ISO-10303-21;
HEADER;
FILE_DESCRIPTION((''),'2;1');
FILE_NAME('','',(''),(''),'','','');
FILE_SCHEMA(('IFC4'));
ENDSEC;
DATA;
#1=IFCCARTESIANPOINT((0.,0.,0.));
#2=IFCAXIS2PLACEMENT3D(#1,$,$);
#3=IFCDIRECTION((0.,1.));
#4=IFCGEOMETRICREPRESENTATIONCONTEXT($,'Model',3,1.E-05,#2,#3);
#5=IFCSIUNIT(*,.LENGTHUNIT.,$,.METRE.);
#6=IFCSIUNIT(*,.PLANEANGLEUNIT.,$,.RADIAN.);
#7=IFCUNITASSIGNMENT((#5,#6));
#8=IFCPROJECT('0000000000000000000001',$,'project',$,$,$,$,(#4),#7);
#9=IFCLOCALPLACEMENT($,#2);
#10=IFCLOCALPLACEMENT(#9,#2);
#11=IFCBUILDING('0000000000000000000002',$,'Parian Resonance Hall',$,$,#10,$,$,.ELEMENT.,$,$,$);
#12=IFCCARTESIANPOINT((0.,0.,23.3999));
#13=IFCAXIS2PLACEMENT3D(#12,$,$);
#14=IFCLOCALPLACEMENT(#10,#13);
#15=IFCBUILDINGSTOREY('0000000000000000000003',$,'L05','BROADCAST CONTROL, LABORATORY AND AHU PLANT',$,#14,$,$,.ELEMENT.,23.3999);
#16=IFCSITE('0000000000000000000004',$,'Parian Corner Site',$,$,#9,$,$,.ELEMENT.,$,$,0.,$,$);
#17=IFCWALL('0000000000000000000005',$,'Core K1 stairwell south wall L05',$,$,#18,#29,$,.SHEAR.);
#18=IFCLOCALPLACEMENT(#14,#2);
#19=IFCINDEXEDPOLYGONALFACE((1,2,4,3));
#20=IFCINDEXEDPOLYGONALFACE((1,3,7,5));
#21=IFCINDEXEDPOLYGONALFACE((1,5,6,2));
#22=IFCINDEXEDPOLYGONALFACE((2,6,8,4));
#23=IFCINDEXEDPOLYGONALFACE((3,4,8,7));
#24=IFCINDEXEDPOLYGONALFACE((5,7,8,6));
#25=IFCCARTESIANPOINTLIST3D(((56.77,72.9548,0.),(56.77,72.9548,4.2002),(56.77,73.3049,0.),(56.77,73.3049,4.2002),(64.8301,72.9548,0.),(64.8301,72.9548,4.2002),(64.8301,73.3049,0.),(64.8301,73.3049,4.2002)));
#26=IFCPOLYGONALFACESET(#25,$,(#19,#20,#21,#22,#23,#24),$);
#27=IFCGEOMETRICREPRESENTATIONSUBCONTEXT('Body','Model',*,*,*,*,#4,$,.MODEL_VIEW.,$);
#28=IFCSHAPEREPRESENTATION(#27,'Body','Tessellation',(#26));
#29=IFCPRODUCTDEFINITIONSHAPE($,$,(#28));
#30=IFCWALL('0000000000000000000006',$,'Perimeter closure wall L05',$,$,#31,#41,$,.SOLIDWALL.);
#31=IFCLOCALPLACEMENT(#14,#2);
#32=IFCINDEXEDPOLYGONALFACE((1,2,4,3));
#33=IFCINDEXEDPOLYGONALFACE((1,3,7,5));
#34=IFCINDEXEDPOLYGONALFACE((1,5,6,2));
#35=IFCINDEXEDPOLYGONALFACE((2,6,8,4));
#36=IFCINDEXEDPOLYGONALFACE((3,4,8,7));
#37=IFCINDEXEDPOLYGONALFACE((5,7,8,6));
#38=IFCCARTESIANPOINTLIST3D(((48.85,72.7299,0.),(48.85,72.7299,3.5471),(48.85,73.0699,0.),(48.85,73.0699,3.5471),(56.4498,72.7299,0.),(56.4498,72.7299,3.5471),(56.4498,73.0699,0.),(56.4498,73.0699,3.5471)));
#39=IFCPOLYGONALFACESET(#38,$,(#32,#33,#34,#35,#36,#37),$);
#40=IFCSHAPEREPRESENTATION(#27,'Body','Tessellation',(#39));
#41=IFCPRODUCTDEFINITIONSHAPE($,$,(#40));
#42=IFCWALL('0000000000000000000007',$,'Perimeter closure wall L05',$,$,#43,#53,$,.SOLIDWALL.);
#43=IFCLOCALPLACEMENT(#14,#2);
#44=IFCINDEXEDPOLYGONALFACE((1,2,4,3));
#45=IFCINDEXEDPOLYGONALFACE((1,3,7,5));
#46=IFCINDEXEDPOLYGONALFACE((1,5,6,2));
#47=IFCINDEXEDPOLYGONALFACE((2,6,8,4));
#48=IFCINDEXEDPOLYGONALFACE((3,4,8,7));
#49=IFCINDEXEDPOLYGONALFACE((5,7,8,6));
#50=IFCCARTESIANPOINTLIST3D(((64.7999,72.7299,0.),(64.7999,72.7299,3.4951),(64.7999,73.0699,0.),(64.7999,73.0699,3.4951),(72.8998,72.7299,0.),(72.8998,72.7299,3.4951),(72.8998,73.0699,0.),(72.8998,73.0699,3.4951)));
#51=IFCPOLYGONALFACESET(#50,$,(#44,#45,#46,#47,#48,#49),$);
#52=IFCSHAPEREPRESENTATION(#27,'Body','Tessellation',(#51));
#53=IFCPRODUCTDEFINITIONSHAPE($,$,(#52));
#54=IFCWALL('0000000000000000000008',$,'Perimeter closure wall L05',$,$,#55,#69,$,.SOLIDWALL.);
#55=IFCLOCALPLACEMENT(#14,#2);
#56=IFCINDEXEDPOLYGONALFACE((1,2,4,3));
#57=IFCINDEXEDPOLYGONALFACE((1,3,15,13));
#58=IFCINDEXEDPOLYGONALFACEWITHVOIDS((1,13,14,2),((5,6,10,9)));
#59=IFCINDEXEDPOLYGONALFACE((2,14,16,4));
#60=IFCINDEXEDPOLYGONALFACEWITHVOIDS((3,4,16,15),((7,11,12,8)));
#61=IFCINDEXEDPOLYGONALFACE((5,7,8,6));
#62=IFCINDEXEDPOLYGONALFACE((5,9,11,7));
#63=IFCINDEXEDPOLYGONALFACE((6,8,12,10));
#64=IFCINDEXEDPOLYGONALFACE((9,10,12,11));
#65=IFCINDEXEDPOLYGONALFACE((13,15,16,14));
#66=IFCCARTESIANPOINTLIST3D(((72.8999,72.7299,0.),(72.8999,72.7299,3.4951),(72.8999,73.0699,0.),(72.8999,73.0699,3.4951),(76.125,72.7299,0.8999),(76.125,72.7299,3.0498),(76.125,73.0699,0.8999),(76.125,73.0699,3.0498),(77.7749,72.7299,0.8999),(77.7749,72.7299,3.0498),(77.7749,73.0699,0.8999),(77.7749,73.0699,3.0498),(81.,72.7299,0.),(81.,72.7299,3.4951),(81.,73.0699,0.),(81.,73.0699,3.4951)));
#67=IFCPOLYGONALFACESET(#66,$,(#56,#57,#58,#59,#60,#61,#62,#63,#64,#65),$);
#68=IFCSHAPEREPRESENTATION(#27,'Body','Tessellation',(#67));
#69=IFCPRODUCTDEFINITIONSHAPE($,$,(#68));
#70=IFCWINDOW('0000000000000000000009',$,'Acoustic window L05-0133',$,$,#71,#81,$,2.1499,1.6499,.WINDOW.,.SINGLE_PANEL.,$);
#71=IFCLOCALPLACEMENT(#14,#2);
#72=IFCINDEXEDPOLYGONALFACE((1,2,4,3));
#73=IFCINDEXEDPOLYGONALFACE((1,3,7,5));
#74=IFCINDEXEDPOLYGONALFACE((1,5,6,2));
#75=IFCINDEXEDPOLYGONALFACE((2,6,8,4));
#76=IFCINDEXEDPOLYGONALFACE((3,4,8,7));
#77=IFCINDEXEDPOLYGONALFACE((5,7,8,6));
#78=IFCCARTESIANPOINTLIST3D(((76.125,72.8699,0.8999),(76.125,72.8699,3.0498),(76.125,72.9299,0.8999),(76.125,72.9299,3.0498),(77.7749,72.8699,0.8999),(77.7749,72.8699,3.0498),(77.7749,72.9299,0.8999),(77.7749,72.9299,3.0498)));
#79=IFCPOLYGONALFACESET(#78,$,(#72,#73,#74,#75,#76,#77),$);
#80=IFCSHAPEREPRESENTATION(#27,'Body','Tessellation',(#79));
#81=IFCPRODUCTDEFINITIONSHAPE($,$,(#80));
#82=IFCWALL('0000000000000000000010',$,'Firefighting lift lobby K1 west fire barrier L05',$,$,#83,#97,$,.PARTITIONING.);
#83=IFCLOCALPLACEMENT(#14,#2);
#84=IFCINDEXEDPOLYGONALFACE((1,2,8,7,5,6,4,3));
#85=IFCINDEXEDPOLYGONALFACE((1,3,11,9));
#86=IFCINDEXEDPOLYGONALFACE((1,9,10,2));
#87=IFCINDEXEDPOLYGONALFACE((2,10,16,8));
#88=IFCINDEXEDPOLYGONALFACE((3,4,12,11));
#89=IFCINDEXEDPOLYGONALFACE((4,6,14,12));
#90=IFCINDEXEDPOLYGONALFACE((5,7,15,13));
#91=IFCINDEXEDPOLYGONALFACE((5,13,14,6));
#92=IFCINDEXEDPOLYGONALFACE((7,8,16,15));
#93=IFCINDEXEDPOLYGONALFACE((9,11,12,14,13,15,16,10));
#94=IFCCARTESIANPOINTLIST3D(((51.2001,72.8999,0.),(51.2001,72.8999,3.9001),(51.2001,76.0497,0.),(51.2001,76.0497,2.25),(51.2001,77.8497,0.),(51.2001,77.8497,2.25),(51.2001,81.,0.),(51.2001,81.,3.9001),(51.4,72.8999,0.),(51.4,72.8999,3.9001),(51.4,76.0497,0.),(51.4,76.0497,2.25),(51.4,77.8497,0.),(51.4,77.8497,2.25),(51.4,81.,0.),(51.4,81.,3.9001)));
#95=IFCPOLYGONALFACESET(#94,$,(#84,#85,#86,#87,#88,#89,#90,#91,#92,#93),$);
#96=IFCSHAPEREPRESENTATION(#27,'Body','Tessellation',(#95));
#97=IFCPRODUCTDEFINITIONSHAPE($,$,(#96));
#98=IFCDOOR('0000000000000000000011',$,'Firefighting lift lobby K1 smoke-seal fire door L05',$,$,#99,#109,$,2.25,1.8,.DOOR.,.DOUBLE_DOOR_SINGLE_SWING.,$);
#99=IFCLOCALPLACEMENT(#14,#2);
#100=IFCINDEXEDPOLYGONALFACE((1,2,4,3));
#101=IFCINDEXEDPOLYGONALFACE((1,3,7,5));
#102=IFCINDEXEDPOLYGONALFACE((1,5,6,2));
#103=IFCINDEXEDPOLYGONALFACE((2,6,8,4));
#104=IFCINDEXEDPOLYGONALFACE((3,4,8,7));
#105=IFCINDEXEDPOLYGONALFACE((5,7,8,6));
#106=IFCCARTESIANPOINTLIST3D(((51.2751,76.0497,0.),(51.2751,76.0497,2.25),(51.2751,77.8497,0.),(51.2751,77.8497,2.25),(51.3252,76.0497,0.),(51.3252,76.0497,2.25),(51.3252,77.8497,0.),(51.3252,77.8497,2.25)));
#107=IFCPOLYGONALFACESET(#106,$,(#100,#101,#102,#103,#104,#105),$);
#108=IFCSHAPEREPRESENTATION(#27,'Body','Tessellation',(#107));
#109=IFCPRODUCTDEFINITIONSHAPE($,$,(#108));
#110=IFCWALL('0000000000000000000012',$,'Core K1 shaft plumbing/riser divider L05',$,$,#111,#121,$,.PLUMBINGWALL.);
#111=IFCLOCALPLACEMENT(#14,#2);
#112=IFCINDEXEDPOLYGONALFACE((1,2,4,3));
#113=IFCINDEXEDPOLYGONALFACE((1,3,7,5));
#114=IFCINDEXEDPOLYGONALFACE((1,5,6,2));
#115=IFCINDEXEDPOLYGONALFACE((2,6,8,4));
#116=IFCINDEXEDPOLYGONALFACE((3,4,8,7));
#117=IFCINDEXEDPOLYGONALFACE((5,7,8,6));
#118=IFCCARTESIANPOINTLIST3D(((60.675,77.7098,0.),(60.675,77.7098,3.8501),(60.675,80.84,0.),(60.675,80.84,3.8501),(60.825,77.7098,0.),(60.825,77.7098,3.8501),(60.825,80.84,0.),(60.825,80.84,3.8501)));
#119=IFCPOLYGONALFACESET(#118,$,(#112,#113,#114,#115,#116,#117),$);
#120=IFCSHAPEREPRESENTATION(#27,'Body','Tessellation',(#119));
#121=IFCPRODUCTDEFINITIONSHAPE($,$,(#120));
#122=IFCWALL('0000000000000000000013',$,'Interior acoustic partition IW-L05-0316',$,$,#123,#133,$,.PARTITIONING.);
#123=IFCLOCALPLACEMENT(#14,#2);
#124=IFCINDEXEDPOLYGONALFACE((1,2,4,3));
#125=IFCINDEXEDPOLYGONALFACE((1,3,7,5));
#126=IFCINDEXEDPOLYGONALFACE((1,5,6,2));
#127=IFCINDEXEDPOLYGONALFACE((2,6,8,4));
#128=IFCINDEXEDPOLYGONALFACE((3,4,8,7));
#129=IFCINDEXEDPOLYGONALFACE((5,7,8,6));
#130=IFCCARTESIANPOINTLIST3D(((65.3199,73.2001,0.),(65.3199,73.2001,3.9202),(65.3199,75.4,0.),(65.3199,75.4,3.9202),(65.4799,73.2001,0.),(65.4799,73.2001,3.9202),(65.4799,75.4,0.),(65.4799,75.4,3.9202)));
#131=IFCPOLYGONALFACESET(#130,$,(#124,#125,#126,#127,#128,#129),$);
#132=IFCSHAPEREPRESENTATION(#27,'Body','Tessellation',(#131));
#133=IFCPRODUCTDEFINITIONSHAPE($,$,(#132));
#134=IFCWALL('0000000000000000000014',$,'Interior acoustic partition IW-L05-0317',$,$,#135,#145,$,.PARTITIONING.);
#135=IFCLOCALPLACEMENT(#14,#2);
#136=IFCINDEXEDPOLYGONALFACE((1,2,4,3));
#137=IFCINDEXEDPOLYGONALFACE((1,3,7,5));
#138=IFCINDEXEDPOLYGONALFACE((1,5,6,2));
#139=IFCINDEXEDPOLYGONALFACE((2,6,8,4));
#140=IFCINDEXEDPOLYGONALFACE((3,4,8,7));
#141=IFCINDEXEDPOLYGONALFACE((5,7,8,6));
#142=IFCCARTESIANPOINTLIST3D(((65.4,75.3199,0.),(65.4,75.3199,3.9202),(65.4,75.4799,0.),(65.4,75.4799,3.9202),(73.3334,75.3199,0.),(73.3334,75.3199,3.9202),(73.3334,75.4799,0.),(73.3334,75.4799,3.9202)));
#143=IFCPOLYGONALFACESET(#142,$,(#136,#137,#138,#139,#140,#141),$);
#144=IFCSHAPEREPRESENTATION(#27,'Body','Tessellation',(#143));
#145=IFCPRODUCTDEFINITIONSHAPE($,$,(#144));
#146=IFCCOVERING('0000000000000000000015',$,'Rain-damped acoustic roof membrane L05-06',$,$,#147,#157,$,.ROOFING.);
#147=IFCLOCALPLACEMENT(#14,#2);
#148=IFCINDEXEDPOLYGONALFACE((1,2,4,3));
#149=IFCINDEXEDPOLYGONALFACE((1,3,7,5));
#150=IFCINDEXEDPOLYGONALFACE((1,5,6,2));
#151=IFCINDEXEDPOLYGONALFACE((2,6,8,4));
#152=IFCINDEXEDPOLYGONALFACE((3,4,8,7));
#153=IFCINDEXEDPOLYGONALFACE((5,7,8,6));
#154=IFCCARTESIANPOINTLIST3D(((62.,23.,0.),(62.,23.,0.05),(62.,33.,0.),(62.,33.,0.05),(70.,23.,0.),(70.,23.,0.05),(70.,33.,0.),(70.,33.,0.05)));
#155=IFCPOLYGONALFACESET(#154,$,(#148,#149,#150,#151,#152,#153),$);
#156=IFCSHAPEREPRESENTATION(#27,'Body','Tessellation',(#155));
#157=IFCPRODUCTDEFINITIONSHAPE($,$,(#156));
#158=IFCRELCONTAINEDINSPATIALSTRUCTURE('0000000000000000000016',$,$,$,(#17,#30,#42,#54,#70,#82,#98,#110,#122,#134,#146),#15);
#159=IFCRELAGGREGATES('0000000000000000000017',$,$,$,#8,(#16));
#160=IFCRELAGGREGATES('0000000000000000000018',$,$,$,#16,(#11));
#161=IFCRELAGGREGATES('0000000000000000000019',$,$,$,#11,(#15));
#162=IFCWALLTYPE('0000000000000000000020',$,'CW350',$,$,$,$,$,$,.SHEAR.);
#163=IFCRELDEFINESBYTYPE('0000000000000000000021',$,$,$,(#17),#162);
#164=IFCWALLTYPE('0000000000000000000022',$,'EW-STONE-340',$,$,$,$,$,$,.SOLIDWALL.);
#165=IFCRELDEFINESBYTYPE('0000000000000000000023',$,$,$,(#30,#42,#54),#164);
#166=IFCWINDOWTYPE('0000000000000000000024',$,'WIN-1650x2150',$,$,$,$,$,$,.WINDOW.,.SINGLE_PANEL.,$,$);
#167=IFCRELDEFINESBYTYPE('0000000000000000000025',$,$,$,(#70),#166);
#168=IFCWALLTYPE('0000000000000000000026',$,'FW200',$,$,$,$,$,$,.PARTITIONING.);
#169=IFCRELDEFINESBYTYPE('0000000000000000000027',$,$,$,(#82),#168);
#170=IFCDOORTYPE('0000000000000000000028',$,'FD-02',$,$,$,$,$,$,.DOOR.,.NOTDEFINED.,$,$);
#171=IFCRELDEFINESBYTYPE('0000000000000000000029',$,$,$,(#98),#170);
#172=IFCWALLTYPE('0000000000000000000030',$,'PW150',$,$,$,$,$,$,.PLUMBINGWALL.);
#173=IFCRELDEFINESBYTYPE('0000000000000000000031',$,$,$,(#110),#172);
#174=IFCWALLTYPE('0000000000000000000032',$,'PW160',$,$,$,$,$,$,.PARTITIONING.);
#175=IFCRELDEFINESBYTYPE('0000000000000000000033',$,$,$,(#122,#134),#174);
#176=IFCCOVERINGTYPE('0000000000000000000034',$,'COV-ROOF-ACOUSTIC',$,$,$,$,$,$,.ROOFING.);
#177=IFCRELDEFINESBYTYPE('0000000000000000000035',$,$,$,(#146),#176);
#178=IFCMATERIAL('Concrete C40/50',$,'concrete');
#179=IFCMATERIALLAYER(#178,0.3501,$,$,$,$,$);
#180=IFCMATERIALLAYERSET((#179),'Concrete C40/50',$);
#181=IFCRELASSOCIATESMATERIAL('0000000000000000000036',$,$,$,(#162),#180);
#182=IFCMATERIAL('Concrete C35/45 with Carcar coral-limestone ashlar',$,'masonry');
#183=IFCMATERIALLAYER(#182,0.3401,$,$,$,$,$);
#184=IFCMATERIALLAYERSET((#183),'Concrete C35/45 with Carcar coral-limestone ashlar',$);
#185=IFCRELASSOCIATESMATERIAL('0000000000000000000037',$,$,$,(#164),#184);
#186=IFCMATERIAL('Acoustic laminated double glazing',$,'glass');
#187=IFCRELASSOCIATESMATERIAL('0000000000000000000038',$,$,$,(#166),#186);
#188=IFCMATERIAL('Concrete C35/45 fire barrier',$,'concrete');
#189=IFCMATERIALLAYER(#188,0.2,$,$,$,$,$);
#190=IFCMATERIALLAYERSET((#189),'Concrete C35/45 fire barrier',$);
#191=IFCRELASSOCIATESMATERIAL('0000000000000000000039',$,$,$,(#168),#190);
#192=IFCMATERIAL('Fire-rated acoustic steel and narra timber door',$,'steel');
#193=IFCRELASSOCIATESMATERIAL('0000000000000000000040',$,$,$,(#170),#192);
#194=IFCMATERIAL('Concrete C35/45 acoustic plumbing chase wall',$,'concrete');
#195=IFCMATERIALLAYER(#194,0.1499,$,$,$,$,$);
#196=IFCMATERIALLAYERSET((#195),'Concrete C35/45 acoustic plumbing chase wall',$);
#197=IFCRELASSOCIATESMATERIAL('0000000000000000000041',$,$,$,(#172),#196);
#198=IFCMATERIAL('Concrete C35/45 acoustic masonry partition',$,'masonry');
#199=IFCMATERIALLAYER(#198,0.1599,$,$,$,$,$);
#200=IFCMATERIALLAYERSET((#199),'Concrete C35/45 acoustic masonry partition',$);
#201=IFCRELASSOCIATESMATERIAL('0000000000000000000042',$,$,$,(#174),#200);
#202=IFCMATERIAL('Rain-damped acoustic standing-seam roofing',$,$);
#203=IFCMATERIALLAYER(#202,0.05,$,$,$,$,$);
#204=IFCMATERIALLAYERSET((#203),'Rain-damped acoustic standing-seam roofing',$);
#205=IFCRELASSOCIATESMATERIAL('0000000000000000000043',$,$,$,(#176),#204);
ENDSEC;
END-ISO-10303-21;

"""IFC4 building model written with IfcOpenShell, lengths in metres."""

from ifc_helpers import new_model, si_unit, direction, frame, frame_2d, origin, origin_2d, place, context, subcontext, project, spatial, rectangle, extrude, material, layer, layer_set, type_object, element, fill, save


model = new_model("IFC4")

# Units and contexts
model_context = context("Model", 3, precision=1e-05, world=origin(), true_north=direction((0.0, 1.0)))
body_context = subcontext(model_context, "Body", "Model", "MODEL_VIEW")
ifc_project = project(units=[si_unit("LENGTHUNIT", "METRE"), si_unit("PLANEANGLEUNIT", "RADIAN")], contexts=[model_context])

# Site, building, storey
site_placement = place(None, origin())
site = spatial("IfcSite", under=ifc_project, at=site_placement, Name="Parian Corner Site", CompositionType="ELEMENT", RefElevation=0.0)
building_placement = place(site_placement, origin())
building = spatial("IfcBuilding", under=site, at=building_placement, Name="Parian Resonance Hall", CompositionType="ELEMENT")
storey_placement = place(building_placement, frame((0.0, 0.0, 23.3999)))
storey = spatial("IfcBuildingStorey", under=building, at=storey_placement, Name="L05", Description="BROADCAST CONTROL, LABORATORY AND AHU PLANT", CompositionType="ELEMENT", Elevation=23.3999)

# Shared definitions
ifc_material_1 = material(Name="Concrete C40/50", Category="concrete")
ifc_layer_1 = layer(ifc_material_1, 0.3501)
ifc_layer_set_1 = layer_set([ifc_layer_1], Name="Concrete C40/50")
wall_type_1 = type_object("IfcWallType", Name="CW350", PredefinedType="SHEAR", material=ifc_layer_set_1)

# Walls
wall_1_placement = place(storey_placement, frame((64.8301, 73.1299, 0.0), z_axis=(0.0, 0.0, 1.0), x_axis=(-1.0, 0.0, 0.0)))
element("IfcWall", 1, at=wall_1_placement, inside=storey, type_object=wall_type_1, Name="Core K1 stairwell south wall L05", PredefinedType="SHEAR", context=body_context, shape_type="SweptSolid", body=[
    extrude(rectangle(XDim=8.0601, YDim=0.3501, at=frame_2d((4.03, 0.0))), origin(), (0.0, 0.0, 1.0), 4.2002),
])
ifc_material_2 = material(Name="Concrete C35/45 with Carcar coral-limestone ashlar", Category="masonry")
ifc_layer_2 = layer(ifc_material_2, 0.3401)
ifc_layer_set_2 = layer_set([ifc_layer_2], Name="Concrete C35/45 with Carcar coral-limestone ashlar")
wall_type_2 = type_object("IfcWallType", Name="EW-STONE-340", PredefinedType="SOLIDWALL", material=ifc_layer_set_2)
wall_2_placement = place(storey_placement, frame((48.8501, 72.8999, 0.0), z_axis=(0.0, 0.0, 1.0), x_axis=(1.0, 0.0, 0.0)))
element("IfcWall", 2, at=wall_2_placement, inside=storey, type_object=wall_type_2, Name="Perimeter closure wall L05", PredefinedType="SOLIDWALL", context=body_context, shape_type="SweptSolid", body=[
    extrude(rectangle(XDim=7.5999, YDim=0.3401, at=frame_2d((3.7998, 0.0))), origin(), (0.0, 0.0, 1.0), 3.5471),
])
wall_3_placement = place(storey_placement, frame((64.8, 72.8999, 0.0), z_axis=(0.0, 0.0, 1.0), x_axis=(1.0, 0.0, 0.0)))
element("IfcWall", 3, at=wall_3_placement, inside=storey, type_object=wall_type_2, Name="Perimeter closure wall L05", PredefinedType="SOLIDWALL", context=body_context, shape_type="SweptSolid", body=[
    extrude(rectangle(XDim=8.0999, YDim=0.3401, at=frame_2d((4.0498, 0.0))), origin(), (0.0, 0.0, 1.0), 3.4951),
])

# Wall, opening, window
wall_4_placement = place(storey_placement, frame((72.8999, 72.8999, 0.0), z_axis=(0.0, 0.0, 1.0), x_axis=(1.0, 0.0, 0.0)))
wall_4 = element("IfcWall", 4, at=wall_4_placement, inside=storey, type_object=wall_type_2, Name="Perimeter closure wall L05", PredefinedType="SOLIDWALL", context=body_context, shape_type="SweptSolid", body=[
    extrude(rectangle(XDim=8.1001, YDim=0.3401, at=frame_2d((4.05, 0.0))), origin(), (0.0, 0.0, 1.0), 3.4951),
])
opening_1_placement = place(wall_4_placement, frame((3.2251, 0.0, 0.8999)))
opening_1 = element("IfcOpeningElement", 5, at=opening_1_placement, cuts=wall_4, PredefinedType="OPENING", context=body_context, shape_type="SweptSolid", body=[
    extrude(rectangle(XDim=1.6499, YDim=2.1499, at=frame_2d((0.825, 1.075))), frame((0.0, 0.1799, 0.0), z_axis=(0.0, -1.0, 0.0), x_axis=(1.0, 0.0, 0.0)), (0.0, 0.0, 1.0), 0.3601),
])
ifc_material_3 = material(Name="Acoustic laminated double glazing", Category="glass")
window_type = type_object("IfcWindowType", Name="WIN-1650x2150", PartitioningType="SINGLE_PANEL", PredefinedType="WINDOW", material=ifc_material_3)
window_placement = place(opening_1_placement, origin())
window = element("IfcWindow", 6, at=window_placement, inside=storey, type_object=window_type, Name="Acoustic window L05-0133", OverallHeight=2.1499, OverallWidth=1.6499, PartitioningType="SINGLE_PANEL", PredefinedType="WINDOW", context=body_context, shape_type="SweptSolid", body=[
    extrude(rectangle(XDim=1.6499, YDim=2.1499, at=frame_2d((0.825, 1.075))), frame((0.0, 0.03, 0.0), z_axis=(0.0, -1.0, 0.0), x_axis=(1.0, 0.0, 0.0)), (0.0, 0.0, 1.0), 0.0601),
])
fill(opening_1, window)

# Wall, opening, door
ifc_material_4 = material(Name="Concrete C35/45 fire barrier", Category="concrete")
ifc_layer_3 = layer(ifc_material_4, 0.2)
ifc_layer_set_3 = layer_set([ifc_layer_3], Name="Concrete C35/45 fire barrier")
wall_type_3 = type_object("IfcWallType", Name="FW200", PredefinedType="PARTITIONING", material=ifc_layer_set_3)
wall_5_placement = place(storey_placement, frame((51.3, 72.8999, 0.0), z_axis=(0.0, 0.0, 1.0), x_axis=(0.0, 1.0, 0.0)))
wall_5 = element("IfcWall", 7, at=wall_5_placement, inside=storey, type_object=wall_type_3, Name="Firefighting lift lobby K1 west fire barrier L05", PredefinedType="PARTITIONING", context=body_context, shape_type="SweptSolid", body=[
    extrude(rectangle(XDim=8.1001, YDim=0.2, at=frame_2d((4.05, 0.0))), origin(), (0.0, 0.0, 1.0), 3.9001),
])
opening_2_placement = place(wall_5_placement, frame((3.1499, 0.0, 0.0)))
opening_2 = element("IfcOpeningElement", 8, at=opening_2_placement, cuts=wall_5, PredefinedType="OPENING", context=body_context, shape_type="SweptSolid", body=[
    extrude(rectangle(XDim=1.8, YDim=2.25, at=frame_2d((0.8999, 1.125))), frame((0.0, 0.1099, 0.0), z_axis=(0.0, -1.0, 0.0), x_axis=(1.0, 0.0, 0.0)), (0.0, 0.0, 1.0), 0.22),
])
ifc_material_5 = material(Name="Fire-rated acoustic steel and narra timber door", Category="steel")
door_type_1 = type_object("IfcDoorType", Name="FD-02", OperationType="NOTDEFINED", PredefinedType="DOOR", material=ifc_material_5)
door_1_placement = place(opening_2_placement, origin())
door_1 = element("IfcDoor", 9, at=door_1_placement, inside=storey, type_object=door_type_1, Name="Firefighting lift lobby K1 smoke-seal fire door L05", OperationType="DOUBLE_DOOR_SINGLE_SWING", OverallHeight=2.25, OverallWidth=1.8, PredefinedType="DOOR", context=body_context, shape_type="SweptSolid", body=[
    extrude(rectangle(XDim=1.8, YDim=2.25, at=frame_2d((0.8999, 1.125))), frame((0.0, 0.0249, 0.0), z_axis=(0.0, -1.0, 0.0), x_axis=(1.0, 0.0, 0.0)), (0.0, 0.0, 1.0), 0.05),
])
fill(opening_2, door_1)

# Walls
ifc_material_6 = material(Name="Concrete C35/45 acoustic plumbing chase wall", Category="concrete")
ifc_layer_4 = layer(ifc_material_6, 0.1499)
ifc_layer_set_4 = layer_set([ifc_layer_4], Name="Concrete C35/45 acoustic plumbing chase wall")
wall_type_4 = type_object("IfcWallType", Name="PW150", PredefinedType="PLUMBINGWALL", material=ifc_layer_set_4)
wall_6_placement = place(storey_placement, frame((60.75, 77.71, 0.0), z_axis=(0.0, 0.0, 1.0), x_axis=(0.0, 1.0, 0.0)))
element("IfcWall", 10, at=wall_6_placement, inside=storey, type_object=wall_type_4, Name="Core K1 shaft plumbing/riser divider L05", PredefinedType="PLUMBINGWALL", context=body_context, shape_type="SweptSolid", body=[
    extrude(rectangle(XDim=3.1301, YDim=0.1499, at=frame_2d((1.5649, 0.0))), origin(), (0.0, 0.0, 1.0), 3.8501),
])
ifc_material_7 = material(Name="Concrete C35/45 acoustic masonry partition", Category="masonry")
ifc_layer_5 = layer(ifc_material_7, 0.1599)
ifc_layer_set_5 = layer_set([ifc_layer_5], Name="Concrete C35/45 acoustic masonry partition")
wall_type_5 = type_object("IfcWallType", Name="PW160", PredefinedType="PARTITIONING", material=ifc_layer_set_5)
wall_7_placement = place(storey_placement, frame((65.3999, 73.2, 0.0), z_axis=(0.0, 0.0, 1.0), x_axis=(0.0, 1.0, 0.0)))
element("IfcWall", 11, at=wall_7_placement, inside=storey, type_object=wall_type_5, Name="Interior acoustic partition IW-L05-0316", PredefinedType="PARTITIONING", context=body_context, shape_type="SweptSolid", body=[
    extrude(rectangle(XDim=2.2, YDim=0.1599, at=frame_2d((1.1001, 0.0))), origin(), (0.0, 0.0, 1.0), 3.9202),
])
wall_8_placement = place(storey_placement, frame((65.3999, 75.3999, 0.0), z_axis=(0.0, 0.0, 1.0), x_axis=(1.0, 0.0, 0.0)))
element("IfcWall", 12, at=wall_8_placement, inside=storey, type_object=wall_type_5, Name="Interior acoustic partition IW-L05-0317", PredefinedType="PARTITIONING", context=body_context, shape_type="SweptSolid", body=[
    extrude(rectangle(XDim=7.9333, YDim=0.1599, at=frame_2d((3.9668, 0.0))), origin(), (0.0, 0.0, 1.0), 3.9202),
])

# Covering
ifc_material_8 = material(Name="Rain-damped acoustic standing-seam roofing")
ifc_layer_6 = layer(ifc_material_8, 0.05)
ifc_layer_set_6 = layer_set([ifc_layer_6], Name="Rain-damped acoustic standing-seam roofing")
covering_type = type_object("IfcCoveringType", Name="COV-ROOF-ACOUSTIC", PredefinedType="ROOFING", material=ifc_layer_set_6)
covering_placement = place(storey_placement, frame((66.0, 28.0, 0.0), z_axis=(0.0, 0.0, 1.0), x_axis=(1.0, 0.0, 0.0)))
element("IfcCovering", 13, at=covering_placement, inside=storey, type_object=covering_type, Name="Rain-damped acoustic roof membrane L05-06", PredefinedType="ROOFING", context=body_context, shape_type="SweptSolid", body=[
    extrude(rectangle(XDim=8.0, YDim=10.0, at=origin_2d()), origin(), (0.0, 0.0, 1.0), 0.05),
])

save(model, "model.ifc")
